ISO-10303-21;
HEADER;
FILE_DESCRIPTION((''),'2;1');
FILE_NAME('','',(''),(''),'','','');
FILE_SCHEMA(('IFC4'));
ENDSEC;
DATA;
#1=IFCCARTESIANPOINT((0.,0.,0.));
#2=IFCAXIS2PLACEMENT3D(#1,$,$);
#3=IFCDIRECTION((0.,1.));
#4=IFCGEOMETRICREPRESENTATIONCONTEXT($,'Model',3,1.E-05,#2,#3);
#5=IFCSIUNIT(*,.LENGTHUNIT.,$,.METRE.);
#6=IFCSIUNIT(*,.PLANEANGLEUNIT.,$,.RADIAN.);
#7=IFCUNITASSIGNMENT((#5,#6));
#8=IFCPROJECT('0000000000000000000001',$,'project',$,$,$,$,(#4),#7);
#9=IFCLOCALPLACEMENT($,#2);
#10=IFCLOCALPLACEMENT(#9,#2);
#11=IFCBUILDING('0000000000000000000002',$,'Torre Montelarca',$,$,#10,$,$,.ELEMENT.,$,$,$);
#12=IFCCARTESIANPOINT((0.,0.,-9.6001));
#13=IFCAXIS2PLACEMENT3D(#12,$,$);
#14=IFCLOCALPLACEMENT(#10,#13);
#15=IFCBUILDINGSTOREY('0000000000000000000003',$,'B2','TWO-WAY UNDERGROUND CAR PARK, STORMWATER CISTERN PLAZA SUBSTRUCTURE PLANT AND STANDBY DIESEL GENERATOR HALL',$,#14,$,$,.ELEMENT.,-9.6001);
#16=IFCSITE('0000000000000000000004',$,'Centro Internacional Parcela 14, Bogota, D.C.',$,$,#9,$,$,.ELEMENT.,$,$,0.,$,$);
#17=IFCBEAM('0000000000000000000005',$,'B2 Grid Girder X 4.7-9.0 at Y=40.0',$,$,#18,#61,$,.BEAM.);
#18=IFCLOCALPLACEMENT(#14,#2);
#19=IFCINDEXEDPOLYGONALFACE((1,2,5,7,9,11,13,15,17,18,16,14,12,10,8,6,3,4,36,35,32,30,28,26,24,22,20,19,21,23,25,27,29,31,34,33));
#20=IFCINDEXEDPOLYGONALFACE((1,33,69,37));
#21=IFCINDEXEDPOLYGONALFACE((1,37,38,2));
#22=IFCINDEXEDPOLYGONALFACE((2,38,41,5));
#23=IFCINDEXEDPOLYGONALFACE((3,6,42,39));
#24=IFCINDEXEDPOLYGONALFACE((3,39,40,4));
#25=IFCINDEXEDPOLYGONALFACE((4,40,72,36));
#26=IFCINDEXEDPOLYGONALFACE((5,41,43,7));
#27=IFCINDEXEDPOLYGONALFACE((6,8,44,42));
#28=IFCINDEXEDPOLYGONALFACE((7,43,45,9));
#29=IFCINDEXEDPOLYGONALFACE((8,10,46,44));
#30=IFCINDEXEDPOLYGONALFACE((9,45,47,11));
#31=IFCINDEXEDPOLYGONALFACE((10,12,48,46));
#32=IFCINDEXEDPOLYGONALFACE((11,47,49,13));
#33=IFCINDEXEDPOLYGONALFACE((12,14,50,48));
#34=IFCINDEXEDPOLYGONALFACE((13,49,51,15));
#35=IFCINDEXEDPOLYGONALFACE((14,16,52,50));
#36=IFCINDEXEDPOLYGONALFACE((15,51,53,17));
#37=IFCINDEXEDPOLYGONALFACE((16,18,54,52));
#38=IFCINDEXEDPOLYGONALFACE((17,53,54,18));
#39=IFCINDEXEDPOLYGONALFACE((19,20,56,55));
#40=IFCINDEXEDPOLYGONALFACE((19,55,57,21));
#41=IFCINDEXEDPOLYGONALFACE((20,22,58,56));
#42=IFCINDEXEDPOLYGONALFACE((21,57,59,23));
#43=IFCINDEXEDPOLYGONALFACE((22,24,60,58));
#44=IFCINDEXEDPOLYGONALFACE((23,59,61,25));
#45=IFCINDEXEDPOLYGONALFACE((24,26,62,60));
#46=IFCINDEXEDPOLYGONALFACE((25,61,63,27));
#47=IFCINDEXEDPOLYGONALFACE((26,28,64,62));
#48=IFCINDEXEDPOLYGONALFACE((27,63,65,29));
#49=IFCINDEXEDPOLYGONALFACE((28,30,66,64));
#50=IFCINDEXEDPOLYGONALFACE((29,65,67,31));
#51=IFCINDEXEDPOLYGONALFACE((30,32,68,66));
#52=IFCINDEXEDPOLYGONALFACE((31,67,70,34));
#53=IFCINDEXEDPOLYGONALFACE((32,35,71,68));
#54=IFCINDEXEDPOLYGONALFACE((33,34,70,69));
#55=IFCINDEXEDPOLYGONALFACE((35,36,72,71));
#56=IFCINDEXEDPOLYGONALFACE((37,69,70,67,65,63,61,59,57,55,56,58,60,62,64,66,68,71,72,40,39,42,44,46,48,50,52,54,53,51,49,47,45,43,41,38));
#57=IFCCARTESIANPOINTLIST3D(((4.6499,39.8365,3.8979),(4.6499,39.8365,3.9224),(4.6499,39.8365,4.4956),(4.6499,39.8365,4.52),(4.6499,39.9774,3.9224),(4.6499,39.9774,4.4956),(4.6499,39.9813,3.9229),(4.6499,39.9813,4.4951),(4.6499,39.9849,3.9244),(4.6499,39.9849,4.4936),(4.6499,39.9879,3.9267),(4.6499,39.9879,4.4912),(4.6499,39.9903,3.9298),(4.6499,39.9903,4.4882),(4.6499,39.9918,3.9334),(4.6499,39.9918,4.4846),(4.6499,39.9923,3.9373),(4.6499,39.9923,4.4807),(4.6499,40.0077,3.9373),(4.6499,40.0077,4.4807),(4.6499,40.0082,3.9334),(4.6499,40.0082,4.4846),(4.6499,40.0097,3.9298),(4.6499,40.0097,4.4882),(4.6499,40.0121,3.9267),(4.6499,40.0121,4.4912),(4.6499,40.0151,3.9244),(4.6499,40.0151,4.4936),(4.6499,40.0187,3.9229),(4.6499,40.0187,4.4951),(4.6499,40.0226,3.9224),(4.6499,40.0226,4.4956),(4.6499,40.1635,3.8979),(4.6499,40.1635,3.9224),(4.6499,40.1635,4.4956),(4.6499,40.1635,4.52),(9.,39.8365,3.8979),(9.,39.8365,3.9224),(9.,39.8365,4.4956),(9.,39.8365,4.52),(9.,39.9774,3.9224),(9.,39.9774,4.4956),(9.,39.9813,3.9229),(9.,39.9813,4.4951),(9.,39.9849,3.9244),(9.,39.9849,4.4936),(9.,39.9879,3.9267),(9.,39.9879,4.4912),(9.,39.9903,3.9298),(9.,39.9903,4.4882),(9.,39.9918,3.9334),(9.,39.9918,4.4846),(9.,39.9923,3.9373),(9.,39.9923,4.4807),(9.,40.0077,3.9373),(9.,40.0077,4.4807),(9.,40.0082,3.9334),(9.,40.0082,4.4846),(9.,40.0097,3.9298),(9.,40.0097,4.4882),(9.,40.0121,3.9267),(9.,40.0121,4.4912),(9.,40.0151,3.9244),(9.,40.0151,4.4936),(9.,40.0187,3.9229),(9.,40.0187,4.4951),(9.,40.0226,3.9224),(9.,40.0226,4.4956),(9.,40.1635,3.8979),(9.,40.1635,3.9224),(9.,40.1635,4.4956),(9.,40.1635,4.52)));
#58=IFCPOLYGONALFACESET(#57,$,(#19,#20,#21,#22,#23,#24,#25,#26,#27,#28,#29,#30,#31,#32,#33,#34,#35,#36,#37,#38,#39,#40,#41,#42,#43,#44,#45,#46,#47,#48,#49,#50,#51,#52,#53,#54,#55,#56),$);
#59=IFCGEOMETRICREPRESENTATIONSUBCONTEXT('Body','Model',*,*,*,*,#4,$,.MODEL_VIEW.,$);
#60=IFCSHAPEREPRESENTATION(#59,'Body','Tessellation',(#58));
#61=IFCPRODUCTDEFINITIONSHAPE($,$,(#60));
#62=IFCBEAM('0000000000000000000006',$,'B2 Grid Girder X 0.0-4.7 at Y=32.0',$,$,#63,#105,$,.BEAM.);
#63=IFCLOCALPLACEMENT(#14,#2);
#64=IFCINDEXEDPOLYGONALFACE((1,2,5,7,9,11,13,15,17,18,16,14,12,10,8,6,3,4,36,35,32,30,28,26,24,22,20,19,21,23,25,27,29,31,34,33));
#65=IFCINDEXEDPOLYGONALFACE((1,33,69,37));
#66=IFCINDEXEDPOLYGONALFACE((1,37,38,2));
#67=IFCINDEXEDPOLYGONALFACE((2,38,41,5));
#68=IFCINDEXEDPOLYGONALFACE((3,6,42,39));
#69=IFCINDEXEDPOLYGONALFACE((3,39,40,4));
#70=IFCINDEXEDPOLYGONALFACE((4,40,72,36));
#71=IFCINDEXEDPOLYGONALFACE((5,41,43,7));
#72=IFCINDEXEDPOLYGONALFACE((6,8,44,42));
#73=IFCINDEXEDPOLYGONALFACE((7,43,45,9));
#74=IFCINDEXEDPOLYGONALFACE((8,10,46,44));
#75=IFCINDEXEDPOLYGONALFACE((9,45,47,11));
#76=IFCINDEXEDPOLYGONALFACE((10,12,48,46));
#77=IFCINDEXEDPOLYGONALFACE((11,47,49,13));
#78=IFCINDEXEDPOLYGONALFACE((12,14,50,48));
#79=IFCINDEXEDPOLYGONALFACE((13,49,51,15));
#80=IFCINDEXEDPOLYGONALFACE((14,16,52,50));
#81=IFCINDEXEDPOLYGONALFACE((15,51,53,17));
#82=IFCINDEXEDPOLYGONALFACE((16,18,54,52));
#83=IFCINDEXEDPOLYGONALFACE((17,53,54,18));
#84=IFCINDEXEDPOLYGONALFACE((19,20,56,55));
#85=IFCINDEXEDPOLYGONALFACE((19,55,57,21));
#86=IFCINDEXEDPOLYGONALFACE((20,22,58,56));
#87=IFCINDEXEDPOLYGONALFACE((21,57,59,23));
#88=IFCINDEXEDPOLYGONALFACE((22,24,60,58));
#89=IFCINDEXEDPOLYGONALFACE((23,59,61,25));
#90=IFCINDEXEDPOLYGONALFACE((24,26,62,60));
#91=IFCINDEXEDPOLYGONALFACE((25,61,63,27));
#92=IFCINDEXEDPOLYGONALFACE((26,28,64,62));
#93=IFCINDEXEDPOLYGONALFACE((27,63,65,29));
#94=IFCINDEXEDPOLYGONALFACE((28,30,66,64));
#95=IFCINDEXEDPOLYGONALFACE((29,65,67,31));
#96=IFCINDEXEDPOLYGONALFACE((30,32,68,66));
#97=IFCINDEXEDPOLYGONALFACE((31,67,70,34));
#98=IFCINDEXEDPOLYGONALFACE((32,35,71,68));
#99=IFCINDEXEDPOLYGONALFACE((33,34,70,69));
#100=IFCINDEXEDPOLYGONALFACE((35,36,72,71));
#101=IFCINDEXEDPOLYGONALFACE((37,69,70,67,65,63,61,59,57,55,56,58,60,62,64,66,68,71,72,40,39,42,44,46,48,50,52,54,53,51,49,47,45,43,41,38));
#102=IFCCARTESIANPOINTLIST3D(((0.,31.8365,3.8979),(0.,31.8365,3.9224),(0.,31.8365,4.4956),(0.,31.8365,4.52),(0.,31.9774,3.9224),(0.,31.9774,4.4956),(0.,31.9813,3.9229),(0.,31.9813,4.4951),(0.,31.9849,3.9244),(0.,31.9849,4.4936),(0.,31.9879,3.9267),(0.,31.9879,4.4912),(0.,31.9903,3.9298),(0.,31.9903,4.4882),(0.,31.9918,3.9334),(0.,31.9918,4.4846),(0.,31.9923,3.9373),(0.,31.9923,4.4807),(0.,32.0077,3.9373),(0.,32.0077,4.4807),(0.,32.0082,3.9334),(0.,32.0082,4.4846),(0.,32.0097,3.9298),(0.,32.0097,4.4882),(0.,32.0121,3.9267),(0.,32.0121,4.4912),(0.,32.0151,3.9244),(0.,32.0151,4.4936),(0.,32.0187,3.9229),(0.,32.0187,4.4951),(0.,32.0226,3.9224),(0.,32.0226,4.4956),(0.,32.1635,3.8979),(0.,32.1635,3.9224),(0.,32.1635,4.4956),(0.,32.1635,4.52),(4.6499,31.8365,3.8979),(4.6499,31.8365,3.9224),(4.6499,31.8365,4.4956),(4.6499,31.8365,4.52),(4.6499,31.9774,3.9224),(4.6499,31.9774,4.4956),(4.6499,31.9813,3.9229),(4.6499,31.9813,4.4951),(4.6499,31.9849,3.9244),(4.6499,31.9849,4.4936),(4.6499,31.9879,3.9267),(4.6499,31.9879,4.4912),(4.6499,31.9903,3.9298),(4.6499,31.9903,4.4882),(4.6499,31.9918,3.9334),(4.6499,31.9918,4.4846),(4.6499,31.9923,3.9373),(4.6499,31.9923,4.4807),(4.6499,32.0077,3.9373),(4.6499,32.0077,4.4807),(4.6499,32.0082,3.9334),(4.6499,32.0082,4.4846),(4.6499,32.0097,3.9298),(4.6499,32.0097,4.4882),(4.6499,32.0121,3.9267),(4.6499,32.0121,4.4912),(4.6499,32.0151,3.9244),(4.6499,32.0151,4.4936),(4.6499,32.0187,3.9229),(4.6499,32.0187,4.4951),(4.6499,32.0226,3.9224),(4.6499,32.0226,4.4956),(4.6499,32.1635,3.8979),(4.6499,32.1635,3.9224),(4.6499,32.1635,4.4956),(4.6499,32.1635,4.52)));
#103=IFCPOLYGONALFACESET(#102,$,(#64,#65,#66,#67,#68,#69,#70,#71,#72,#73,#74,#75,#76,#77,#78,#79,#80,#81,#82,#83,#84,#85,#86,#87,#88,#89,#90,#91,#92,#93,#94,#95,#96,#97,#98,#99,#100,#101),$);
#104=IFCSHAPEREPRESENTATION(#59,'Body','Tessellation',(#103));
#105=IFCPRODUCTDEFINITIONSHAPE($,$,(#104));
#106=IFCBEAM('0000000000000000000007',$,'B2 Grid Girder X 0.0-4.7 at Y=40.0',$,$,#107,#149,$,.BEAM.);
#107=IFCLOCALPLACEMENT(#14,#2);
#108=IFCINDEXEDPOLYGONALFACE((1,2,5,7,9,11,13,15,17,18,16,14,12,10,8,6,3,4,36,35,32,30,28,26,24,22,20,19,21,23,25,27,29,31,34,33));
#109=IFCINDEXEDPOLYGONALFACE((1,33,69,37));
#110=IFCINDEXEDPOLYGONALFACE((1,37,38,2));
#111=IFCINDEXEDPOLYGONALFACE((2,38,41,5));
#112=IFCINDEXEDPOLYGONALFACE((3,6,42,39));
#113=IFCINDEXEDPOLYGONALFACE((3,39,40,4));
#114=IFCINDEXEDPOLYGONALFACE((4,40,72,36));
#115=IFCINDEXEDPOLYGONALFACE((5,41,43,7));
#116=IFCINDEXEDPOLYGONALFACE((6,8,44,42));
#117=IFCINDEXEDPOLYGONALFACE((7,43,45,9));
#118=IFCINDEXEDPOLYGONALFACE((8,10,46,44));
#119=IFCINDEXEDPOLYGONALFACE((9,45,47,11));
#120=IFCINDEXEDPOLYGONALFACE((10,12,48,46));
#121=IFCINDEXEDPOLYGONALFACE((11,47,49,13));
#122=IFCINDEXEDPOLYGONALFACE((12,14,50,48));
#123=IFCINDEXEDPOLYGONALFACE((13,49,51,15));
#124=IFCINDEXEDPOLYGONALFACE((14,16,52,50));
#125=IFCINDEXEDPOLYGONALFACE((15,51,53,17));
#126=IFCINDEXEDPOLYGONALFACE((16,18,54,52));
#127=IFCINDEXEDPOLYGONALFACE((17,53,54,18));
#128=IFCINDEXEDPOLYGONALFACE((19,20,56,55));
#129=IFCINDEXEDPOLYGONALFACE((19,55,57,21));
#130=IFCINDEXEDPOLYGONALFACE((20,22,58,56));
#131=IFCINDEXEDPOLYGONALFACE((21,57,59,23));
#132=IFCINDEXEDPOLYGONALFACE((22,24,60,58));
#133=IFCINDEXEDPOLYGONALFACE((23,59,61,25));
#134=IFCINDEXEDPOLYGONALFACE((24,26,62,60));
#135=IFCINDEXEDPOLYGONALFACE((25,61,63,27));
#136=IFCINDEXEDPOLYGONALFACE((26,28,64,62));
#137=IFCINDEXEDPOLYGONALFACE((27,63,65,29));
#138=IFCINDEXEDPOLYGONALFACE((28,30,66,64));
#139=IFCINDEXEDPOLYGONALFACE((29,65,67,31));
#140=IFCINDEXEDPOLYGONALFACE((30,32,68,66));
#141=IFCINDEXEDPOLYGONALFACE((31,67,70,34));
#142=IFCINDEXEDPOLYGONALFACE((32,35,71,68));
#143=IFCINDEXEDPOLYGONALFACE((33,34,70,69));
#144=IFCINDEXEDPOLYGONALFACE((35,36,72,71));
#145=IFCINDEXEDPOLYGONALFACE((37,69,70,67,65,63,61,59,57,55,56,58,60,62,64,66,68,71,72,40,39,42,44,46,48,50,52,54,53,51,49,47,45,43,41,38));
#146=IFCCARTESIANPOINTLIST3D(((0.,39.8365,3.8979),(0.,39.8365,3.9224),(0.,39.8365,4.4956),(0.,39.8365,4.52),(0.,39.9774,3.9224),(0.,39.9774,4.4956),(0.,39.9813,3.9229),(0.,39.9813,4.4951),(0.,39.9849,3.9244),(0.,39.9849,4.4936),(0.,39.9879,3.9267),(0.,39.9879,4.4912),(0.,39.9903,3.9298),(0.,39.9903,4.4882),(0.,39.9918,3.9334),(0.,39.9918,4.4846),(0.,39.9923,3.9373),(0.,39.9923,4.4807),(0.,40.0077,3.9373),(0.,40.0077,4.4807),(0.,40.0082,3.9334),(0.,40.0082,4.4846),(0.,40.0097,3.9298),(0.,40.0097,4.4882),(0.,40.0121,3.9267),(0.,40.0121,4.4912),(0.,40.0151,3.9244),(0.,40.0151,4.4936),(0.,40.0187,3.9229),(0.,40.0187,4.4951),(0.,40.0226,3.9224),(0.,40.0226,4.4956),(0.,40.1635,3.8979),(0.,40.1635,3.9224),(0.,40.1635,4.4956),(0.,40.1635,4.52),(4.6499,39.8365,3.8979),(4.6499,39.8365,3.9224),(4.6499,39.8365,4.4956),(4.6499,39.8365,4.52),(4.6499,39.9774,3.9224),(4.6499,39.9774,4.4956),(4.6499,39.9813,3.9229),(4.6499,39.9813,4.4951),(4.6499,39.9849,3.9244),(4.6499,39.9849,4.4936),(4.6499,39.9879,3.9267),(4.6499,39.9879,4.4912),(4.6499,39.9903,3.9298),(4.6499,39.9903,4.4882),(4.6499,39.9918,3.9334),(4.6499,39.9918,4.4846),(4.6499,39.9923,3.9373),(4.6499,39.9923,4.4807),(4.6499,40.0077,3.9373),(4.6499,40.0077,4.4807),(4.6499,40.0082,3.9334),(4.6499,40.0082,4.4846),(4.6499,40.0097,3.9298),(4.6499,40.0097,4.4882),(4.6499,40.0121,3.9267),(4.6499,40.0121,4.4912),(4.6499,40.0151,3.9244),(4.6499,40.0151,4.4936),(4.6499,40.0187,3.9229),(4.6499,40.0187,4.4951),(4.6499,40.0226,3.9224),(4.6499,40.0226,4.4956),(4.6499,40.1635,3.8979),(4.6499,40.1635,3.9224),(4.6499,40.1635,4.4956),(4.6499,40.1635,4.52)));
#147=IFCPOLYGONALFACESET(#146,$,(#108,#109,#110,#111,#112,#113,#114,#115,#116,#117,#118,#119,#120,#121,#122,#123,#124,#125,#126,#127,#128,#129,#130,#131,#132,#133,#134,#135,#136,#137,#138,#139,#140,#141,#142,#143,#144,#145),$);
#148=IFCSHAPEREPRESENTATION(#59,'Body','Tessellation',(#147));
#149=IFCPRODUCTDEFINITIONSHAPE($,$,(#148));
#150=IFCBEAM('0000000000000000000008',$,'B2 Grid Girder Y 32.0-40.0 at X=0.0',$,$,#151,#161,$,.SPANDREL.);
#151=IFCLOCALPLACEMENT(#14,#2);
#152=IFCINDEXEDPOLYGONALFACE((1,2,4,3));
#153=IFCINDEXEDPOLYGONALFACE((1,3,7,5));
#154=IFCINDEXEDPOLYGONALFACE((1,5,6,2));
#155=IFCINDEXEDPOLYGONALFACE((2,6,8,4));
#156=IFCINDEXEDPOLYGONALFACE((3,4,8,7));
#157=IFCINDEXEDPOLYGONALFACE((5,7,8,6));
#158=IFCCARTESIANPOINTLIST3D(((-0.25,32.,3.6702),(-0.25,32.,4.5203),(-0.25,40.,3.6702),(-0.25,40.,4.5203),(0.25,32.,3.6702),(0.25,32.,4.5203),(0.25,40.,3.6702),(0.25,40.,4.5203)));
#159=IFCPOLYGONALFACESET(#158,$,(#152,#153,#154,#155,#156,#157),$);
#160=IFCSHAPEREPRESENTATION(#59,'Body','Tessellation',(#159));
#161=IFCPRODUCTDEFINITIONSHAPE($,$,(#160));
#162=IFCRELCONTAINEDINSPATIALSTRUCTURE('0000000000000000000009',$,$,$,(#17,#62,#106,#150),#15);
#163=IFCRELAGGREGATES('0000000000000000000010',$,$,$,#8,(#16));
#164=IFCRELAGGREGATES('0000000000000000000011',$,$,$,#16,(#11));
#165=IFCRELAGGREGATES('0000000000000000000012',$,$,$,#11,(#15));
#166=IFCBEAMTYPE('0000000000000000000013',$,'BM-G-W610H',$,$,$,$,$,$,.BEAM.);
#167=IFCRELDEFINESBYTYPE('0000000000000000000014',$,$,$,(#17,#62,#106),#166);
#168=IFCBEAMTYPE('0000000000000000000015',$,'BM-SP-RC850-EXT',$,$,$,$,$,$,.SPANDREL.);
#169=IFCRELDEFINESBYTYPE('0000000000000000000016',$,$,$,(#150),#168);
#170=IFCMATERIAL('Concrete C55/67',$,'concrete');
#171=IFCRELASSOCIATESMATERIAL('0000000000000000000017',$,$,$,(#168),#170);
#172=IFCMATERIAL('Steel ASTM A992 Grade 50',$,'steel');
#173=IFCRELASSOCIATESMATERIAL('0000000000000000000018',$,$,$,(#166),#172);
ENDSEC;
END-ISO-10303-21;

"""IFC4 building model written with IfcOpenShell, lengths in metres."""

from ifc_helpers import new_model, si_unit, direction, frame, origin, origin_2d, place, context, subcontext, project, spatial, rectangle, i_section, extrude, source, transform, mapped, material, material_profile, profile_set, type_object, element, save


model = new_model("IFC4")

# Units and contexts
model_context = context("Model", 3, precision=1e-05, world=origin(), true_north=direction((0.0, 1.0)))
body_context = subcontext(model_context, "Body", "Model", "MODEL_VIEW")
ifc_project = project(units=[si_unit("LENGTHUNIT", "METRE"), si_unit("PLANEANGLEUNIT", "RADIAN")], contexts=[model_context])

# Site, building, storey
site_placement = place(None, origin())
site = spatial("IfcSite", under=ifc_project, at=site_placement, Name="Centro Internacional Parcela 14, Bogota, D.C.", CompositionType="ELEMENT", RefElevation=0.0)
building_placement = place(site_placement, origin())
building = spatial("IfcBuilding", under=site, at=building_placement, Name="Torre Montelarca", CompositionType="ELEMENT")
storey_placement = place(building_placement, frame((0.0, 0.0, -9.6001)))
storey = spatial("IfcBuildingStorey", under=building, at=storey_placement, Name="B2", Description="TWO-WAY UNDERGROUND CAR PARK, STORMWATER CISTERN PLAZA SUBSTRUCTURE PLANT AND STANDBY DIESEL GENERATOR HALL", CompositionType="ELEMENT", Elevation=-9.6001)

# Shared definitions
ifc_material_1 = material(Name="Concrete C55/67", Category="concrete")

# Beams
ifc_material_profile_1 = material_profile(ifc_material_1, rectangle(XDim=0.5, YDim=0.8501, at=origin_2d()), Name="RCB500X850", Category="concrete")
ifc_profile_set_1 = profile_set([ifc_material_profile_1], Name="Concrete C55/67")
beam_type_1 = type_object("IfcBeamType", Name="BM-SP-RC850-EXT", PredefinedType="SPANDREL", material=ifc_profile_set_1)
ifc_material_2 = material(Name="Steel ASTM A992 Grade 50", Category="steel")
ifc_material_profile_2 = material_profile(ifc_material_2, i_section(OverallWidth=0.3269, OverallDepth=0.6221, WebThickness=0.0154, FlangeThickness=0.0244, FilletRadius=0.0149, at=origin_2d()), Name="W610X195", Category="steel")
ifc_profile_set_2 = profile_set([ifc_material_profile_2], Name="Steel ASTM A992 Grade 50")
beam_type_2 = type_object("IfcBeamType", Name="BM-G-W610H", PredefinedType="BEAM", material=ifc_profile_set_2)
shared_shape_1 = source(origin(), body_context, "Body", "SweptSolid", [
    extrude(i_section(OverallWidth=0.3269, OverallDepth=0.6221, WebThickness=0.0154, FlangeThickness=0.0244, FilletRadius=0.0149, at=origin_2d()), origin(), (0.0, 0.0, 1.0), 4.3501),
])
for number, where, z_axis, x_axis, name in (
    (1, (4.6499, 40.0, 4.209), (1.0, 0.0, 0.0), (0.0, 1.0, 0.0), "B2 Grid Girder X 4.7-9.0 at Y=40.0"),
):
    element("IfcBeam", number, at=place(storey_placement, frame(where, z_axis=z_axis, x_axis=x_axis)), inside=storey, type_object=beam_type_2, Name=name, PredefinedType="BEAM", context=body_context, shape_type="MappedRepresentation", body=[
        mapped(shared_shape_1, transform((0.0, 0.0, 0.0), scale=1.0)),
    ])
shared_shape_2 = source(origin(), body_context, "Body", "SweptSolid", [
    extrude(i_section(OverallWidth=0.3269, OverallDepth=0.6221, WebThickness=0.0154, FlangeThickness=0.0244, FilletRadius=0.0149, at=origin_2d()), origin(), (0.0, 0.0, 1.0), 4.6499),
])
for number, where, z_axis, x_axis, name in (
    (2, (0.0, 32.0, 4.209), (1.0, 0.0, 0.0), (0.0, 1.0, 0.0), "B2 Grid Girder X 0.0-4.7 at Y=32.0"),
    (3, (0.0, 40.0, 4.209), (1.0, 0.0, 0.0), (0.0, 1.0, 0.0), "B2 Grid Girder X 0.0-4.7 at Y=40.0"),
):
    element("IfcBeam", number, at=place(storey_placement, frame(where, z_axis=z_axis, x_axis=x_axis)), inside=storey, type_object=beam_type_2, Name=name, PredefinedType="BEAM", context=body_context, shape_type="MappedRepresentation", body=[
        mapped(shared_shape_2, transform((0.0, 0.0, 0.0), scale=1.0)),
    ])
shared_shape_3 = source(origin(), body_context, "Body", "SweptSolid", [
    extrude(rectangle(XDim=0.5, YDim=0.8501, at=origin_2d()), origin(), (0.0, 0.0, 1.0), 8.0),
])
beam_1_placement = place(storey_placement, frame((0.0, 32.0, 4.0952), z_axis=(0.0, 1.0, 0.0), x_axis=(-1.0, 0.0, 0.0)))
element("IfcBeam", 4, at=beam_1_placement, inside=storey, type_object=beam_type_1, Name="B2 Grid Girder Y 32.0-40.0 at X=0.0", PredefinedType="SPANDREL", context=body_context, shape_type="MappedRepresentation", body=[
    mapped(shared_shape_3, transform((0.0, 0.0, 0.0), scale=1.0)),
])

save(model, "model.ifc")
